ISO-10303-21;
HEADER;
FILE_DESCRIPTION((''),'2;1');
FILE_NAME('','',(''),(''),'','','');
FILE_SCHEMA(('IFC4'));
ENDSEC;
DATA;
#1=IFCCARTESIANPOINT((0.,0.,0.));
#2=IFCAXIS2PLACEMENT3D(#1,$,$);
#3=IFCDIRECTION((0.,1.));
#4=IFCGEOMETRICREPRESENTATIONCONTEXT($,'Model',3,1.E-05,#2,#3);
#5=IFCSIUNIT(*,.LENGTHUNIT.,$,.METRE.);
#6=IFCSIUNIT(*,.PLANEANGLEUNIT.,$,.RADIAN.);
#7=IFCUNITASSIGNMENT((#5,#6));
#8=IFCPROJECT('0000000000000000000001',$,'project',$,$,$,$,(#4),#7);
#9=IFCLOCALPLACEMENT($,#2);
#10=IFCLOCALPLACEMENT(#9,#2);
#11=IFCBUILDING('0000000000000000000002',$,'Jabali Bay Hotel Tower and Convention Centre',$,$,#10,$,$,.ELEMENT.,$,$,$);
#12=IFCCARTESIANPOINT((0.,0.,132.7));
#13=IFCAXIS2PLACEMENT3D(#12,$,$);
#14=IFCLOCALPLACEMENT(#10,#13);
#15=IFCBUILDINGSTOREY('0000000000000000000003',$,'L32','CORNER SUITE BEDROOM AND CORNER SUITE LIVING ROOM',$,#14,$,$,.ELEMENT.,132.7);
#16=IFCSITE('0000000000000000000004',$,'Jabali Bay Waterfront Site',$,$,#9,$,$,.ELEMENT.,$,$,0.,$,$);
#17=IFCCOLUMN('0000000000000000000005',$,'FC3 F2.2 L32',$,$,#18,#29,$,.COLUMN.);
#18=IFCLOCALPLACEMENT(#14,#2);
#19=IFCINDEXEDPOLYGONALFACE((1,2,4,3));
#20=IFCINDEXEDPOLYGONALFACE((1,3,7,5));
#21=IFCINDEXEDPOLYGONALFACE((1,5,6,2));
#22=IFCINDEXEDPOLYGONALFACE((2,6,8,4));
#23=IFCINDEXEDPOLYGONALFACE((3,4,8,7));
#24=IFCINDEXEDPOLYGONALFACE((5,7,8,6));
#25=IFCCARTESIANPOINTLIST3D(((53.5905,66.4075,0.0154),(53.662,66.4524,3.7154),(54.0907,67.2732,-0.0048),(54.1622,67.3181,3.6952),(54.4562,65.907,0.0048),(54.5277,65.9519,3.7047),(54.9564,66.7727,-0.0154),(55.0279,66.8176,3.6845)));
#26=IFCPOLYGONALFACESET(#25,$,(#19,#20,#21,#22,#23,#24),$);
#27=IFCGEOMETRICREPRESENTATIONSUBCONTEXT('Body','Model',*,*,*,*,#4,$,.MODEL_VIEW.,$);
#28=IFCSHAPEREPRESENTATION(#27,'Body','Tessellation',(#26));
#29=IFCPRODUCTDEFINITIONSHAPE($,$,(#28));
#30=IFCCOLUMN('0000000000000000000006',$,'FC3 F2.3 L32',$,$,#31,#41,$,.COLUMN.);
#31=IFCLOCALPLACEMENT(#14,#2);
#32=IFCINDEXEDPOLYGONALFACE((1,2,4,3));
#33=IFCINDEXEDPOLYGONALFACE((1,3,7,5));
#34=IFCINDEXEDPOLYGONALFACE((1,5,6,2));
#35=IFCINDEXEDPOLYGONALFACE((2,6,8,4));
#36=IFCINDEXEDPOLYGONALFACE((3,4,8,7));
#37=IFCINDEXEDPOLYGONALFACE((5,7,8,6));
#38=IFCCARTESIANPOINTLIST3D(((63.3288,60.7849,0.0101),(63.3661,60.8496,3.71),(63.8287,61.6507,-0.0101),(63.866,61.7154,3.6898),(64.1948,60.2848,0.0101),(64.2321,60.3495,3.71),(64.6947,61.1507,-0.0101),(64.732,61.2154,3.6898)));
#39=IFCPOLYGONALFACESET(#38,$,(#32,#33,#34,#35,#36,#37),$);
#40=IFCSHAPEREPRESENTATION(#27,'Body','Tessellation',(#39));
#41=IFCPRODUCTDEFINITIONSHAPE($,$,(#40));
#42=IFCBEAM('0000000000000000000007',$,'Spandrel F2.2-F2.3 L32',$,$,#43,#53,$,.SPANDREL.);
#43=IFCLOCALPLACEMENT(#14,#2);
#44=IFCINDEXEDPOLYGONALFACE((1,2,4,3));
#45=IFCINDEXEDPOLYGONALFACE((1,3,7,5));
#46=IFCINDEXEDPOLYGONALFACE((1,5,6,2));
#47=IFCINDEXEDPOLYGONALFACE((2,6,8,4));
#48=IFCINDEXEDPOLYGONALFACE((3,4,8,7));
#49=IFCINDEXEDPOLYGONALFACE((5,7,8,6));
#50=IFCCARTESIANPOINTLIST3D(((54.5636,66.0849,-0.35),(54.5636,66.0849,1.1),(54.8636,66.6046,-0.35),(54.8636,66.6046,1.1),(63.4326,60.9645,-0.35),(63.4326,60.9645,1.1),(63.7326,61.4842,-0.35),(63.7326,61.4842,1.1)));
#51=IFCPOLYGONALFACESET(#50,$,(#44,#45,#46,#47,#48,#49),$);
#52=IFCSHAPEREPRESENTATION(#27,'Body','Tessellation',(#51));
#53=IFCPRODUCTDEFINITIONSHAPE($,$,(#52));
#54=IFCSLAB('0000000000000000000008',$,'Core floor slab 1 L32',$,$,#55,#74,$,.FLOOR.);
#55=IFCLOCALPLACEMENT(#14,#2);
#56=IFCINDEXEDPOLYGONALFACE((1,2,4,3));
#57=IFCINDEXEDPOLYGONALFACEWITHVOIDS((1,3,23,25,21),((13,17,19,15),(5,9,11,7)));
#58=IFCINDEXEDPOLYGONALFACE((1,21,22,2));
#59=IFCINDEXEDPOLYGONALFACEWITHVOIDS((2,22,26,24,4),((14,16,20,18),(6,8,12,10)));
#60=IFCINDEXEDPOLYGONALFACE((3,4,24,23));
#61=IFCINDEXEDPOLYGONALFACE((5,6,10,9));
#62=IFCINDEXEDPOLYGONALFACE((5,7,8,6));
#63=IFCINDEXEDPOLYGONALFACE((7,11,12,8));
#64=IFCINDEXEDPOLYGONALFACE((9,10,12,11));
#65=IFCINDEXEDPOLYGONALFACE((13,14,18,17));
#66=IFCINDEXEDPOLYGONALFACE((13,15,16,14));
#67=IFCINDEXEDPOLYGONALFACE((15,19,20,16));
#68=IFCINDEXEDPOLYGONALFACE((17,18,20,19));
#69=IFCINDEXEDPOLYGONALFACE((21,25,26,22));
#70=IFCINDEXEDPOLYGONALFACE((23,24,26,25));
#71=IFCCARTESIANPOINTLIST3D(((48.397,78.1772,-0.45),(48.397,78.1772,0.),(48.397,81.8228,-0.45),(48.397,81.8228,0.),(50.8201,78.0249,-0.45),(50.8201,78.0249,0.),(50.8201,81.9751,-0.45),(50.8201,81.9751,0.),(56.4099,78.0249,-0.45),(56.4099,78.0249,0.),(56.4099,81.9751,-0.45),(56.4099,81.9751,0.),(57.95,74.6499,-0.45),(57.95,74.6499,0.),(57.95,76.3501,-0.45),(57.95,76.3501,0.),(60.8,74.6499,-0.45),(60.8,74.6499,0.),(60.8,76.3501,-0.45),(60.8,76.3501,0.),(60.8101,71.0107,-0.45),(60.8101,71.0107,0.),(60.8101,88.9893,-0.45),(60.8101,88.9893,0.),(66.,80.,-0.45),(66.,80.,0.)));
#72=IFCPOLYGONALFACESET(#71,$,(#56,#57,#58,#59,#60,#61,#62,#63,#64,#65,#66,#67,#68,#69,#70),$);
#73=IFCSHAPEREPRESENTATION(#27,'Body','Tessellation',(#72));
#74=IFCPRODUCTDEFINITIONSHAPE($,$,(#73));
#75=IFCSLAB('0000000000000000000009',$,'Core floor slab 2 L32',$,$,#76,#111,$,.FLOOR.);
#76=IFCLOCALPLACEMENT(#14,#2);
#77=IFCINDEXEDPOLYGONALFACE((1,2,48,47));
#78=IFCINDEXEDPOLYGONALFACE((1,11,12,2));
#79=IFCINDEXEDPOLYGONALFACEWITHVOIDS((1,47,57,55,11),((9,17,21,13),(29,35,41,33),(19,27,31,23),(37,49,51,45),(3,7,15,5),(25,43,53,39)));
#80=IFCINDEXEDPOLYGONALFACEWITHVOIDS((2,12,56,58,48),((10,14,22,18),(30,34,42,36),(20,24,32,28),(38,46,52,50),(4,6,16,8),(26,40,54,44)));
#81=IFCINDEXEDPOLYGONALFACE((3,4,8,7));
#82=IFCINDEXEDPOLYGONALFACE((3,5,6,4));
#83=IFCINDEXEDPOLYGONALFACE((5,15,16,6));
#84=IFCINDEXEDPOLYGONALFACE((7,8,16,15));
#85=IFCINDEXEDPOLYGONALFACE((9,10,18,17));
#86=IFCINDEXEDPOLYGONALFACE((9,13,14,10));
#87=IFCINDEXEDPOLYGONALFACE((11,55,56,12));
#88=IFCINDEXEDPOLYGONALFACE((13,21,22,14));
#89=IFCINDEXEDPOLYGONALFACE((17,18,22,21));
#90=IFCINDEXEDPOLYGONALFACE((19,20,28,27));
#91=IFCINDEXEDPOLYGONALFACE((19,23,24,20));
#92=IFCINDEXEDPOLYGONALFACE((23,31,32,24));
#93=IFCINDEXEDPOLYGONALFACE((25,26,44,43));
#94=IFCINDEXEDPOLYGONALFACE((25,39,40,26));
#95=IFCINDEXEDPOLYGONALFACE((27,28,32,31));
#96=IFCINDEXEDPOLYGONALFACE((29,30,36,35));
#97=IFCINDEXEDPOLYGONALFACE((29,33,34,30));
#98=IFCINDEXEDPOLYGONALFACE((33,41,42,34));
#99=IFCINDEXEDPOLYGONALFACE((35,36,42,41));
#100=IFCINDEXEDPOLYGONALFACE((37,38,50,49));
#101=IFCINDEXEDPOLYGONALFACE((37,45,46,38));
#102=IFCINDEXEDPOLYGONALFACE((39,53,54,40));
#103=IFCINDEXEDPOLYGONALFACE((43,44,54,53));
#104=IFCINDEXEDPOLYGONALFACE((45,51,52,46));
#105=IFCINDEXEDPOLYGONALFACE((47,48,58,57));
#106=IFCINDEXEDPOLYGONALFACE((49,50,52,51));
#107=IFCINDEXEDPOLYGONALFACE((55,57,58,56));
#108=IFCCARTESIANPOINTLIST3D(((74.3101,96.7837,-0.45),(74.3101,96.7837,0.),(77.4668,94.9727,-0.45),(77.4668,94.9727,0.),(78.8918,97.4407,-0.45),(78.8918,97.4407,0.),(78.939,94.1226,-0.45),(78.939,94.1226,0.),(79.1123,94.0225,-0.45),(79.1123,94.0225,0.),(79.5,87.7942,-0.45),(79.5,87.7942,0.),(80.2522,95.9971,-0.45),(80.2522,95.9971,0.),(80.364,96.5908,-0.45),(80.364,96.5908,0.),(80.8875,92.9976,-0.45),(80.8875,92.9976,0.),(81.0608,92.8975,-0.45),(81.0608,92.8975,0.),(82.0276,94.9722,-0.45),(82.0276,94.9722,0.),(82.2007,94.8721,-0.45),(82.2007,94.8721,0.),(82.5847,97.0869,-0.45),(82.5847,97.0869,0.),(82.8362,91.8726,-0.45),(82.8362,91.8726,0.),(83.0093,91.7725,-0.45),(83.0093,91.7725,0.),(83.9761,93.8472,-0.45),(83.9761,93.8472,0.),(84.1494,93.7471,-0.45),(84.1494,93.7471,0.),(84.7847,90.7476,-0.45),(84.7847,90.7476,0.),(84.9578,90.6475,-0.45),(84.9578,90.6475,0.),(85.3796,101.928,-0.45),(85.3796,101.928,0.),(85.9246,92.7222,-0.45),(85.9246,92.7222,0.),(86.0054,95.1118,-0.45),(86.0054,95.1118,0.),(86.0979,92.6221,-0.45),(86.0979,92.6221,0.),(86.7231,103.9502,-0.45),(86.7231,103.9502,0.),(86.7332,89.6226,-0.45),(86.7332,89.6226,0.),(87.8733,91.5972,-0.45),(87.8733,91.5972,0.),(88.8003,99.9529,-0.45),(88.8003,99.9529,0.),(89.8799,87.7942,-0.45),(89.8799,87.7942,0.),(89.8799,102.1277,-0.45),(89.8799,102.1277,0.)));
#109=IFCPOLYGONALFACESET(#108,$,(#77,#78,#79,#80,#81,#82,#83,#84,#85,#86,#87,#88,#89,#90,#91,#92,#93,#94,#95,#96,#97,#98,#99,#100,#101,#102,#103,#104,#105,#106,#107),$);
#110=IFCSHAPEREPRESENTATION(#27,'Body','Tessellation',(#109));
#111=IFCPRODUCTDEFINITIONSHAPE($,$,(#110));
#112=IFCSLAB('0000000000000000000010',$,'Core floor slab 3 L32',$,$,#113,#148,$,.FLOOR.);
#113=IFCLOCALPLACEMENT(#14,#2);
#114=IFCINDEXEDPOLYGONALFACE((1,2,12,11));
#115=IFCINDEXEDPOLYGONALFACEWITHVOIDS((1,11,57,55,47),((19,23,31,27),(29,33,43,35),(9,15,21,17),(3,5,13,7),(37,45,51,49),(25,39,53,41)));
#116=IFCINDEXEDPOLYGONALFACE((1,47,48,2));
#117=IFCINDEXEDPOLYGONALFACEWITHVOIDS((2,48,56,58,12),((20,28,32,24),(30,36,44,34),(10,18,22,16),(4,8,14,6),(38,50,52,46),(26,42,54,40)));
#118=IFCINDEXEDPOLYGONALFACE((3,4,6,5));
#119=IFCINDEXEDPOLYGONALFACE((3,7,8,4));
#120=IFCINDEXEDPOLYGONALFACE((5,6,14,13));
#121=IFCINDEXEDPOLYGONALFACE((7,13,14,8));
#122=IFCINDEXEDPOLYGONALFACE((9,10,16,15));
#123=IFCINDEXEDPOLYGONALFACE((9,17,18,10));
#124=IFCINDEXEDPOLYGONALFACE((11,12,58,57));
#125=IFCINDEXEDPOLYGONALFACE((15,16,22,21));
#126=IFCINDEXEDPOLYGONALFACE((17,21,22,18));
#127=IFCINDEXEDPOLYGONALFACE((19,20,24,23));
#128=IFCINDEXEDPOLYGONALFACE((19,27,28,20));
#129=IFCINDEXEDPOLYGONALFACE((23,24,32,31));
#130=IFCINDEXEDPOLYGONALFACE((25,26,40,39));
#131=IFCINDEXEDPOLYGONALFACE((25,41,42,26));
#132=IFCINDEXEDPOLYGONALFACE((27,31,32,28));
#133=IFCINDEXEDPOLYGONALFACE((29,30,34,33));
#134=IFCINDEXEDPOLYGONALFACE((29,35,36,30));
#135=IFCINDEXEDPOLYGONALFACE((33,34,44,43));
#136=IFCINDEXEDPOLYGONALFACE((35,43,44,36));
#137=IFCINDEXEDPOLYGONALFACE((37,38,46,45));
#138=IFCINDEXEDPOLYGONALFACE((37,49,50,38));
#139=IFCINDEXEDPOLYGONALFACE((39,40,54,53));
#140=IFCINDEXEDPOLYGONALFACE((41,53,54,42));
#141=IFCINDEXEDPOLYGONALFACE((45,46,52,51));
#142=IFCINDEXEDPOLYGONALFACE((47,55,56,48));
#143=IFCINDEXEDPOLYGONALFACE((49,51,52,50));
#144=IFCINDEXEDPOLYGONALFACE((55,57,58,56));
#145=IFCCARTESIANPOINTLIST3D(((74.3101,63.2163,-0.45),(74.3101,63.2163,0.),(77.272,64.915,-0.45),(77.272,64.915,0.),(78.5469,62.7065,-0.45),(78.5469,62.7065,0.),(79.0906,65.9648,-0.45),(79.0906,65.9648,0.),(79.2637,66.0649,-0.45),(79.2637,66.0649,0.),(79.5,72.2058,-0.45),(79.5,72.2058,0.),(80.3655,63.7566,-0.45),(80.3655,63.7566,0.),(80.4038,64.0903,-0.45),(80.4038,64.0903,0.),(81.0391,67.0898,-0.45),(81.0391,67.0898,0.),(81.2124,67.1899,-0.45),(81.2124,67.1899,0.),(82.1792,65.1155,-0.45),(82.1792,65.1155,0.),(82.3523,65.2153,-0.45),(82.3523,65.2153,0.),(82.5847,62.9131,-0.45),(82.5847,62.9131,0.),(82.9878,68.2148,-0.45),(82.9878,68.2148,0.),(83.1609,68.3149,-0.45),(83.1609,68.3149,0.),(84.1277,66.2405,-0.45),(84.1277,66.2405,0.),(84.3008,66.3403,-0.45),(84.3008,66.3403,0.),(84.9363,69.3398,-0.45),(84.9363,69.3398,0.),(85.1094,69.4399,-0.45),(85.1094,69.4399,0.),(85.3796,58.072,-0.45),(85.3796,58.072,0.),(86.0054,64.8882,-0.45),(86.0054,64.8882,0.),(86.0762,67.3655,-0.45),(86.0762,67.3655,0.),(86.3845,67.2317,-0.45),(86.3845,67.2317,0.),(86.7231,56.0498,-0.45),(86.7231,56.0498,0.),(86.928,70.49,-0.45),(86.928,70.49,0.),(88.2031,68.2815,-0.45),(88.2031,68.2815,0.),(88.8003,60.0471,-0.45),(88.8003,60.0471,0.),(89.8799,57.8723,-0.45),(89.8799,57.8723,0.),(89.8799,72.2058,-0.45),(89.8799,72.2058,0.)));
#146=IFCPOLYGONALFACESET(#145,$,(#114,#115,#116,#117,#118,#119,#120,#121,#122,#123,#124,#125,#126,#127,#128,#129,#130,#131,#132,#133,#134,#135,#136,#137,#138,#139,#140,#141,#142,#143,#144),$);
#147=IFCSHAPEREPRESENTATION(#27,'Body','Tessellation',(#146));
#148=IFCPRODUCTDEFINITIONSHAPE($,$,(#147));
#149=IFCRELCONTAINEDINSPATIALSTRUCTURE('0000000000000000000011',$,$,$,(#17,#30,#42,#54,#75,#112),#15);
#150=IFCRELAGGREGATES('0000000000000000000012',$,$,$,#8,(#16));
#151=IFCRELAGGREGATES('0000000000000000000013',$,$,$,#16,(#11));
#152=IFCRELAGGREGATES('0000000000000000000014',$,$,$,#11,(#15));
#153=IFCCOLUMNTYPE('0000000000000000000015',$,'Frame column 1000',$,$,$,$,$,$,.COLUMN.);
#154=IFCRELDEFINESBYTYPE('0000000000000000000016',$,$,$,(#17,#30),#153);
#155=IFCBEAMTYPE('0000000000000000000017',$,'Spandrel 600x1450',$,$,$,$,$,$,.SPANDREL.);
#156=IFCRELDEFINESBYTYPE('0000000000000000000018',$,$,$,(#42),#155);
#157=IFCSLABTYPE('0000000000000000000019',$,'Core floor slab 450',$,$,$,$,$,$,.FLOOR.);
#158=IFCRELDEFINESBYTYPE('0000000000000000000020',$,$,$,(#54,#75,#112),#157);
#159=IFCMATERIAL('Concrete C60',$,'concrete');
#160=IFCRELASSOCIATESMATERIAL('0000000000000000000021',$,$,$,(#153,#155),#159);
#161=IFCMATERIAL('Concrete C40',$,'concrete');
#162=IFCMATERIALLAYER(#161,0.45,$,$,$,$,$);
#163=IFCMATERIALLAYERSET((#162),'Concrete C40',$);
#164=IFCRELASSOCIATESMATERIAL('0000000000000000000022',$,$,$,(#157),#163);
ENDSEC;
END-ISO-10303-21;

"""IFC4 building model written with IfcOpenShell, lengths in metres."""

from ifc_helpers import new_model, si_unit, direction, frame, origin, origin_2d, place, context, subcontext, project, spatial, polyline, rectangle, outline, extrude, material, layer, layer_set, material_profile, profile_set, type_object, element, save


model = new_model("IFC4")

# Units and contexts
model_context = context("Model", 3, precision=1e-05, world=origin(), true_north=direction((0.0, 1.0)))
body_context = subcontext(model_context, "Body", "Model", "MODEL_VIEW")
ifc_project = project(units=[si_unit("LENGTHUNIT", "METRE"), si_unit("PLANEANGLEUNIT", "RADIAN")], contexts=[model_context])

# Site, building, storey
site_placement = place(None, origin())
site = spatial("IfcSite", under=ifc_project, at=site_placement, Name="Jabali Bay Waterfront Site", CompositionType="ELEMENT", RefElevation=0.0)
building_placement = place(site_placement, origin())
building = spatial("IfcBuilding", under=site, at=building_placement, Name="Jabali Bay Hotel Tower and Convention Centre", CompositionType="ELEMENT")
storey_placement = place(building_placement, frame((0.0, 0.0, 132.7)))
storey = spatial("IfcBuildingStorey", under=building, at=storey_placement, Name="L32", Description="CORNER SUITE BEDROOM AND CORNER SUITE LIVING ROOM", CompositionType="ELEMENT", Elevation=132.7)

# Columns
ifc_material_1 = material(Name="Concrete C60", Category="concrete")
ifc_material_profile_1 = material_profile(ifc_material_1, rectangle(XDim=1.0, YDim=1.0, at=origin_2d()), Name="Frame column 1000")
ifc_profile_set_1 = profile_set([ifc_material_profile_1], Name="Concrete C60")
column_type = type_object("IfcColumnType", Name="Frame column 1000", PredefinedType="COLUMN", material=ifc_profile_set_1)
column_1_placement = place(storey_placement, frame((54.2734, 66.5901, 0.0), z_axis=(0.019329, 0.012138, 0.99974), x_axis=(-0.865691, 0.500465, 0.010661)))
element("IfcColumn", 1, at=column_1_placement, inside=storey, type_object=column_type, Name="FC3 F2.2 L32", PredefinedType="COLUMN", context=body_context, shape_type="SweptSolid", body=[
    extrude(rectangle(XDim=1.0, YDim=1.0, at=origin_2d()), origin(), (0.0, 0.0, 1.0), 3.7009),
])
column_2_placement = place(storey_placement, frame((64.0117, 60.9678, 0.0), z_axis=(0.010094, 0.017482, 0.999796), x_axis=(-0.499907, -0.865844, 0.020187)))
element("IfcColumn", 2, at=column_2_placement, inside=storey, type_object=column_type, Name="FC3 F2.3 L32", PredefinedType="COLUMN", context=body_context, shape_type="SweptSolid", body=[
    extrude(rectangle(XDim=1.0, YDim=1.0, at=origin_2d()), origin(), (0.0, 0.0, 1.0), 3.7007),
])

# Beam
ifc_material_profile_2 = material_profile(ifc_material_1, rectangle(XDim=0.6001, YDim=1.45, at=origin_2d()), Name="Spandrel 600x1450")
ifc_profile_set_2 = profile_set([ifc_material_profile_2], Name="Concrete C60")
beam_type = type_object("IfcBeamType", Name="Spandrel 600x1450", PredefinedType="SPANDREL", material=ifc_profile_set_2)
beam_placement = place(storey_placement, frame((54.7136, 66.3447, 0.375), z_axis=(0.86603, -0.499993, 0.0), x_axis=(0.499993, 0.86603, 0.0)))
element("IfcBeam", 3, at=beam_placement, inside=storey, type_object=beam_type, Name="Spandrel F2.2-F2.3 L32", PredefinedType="SPANDREL", context=body_context, shape_type="SweptSolid", body=[
    extrude(rectangle(XDim=0.6001, YDim=1.45, at=origin_2d()), origin(), (0.0, 0.0, 1.0), 10.241),
])

# Slabs
ifc_material_2 = material(Name="Concrete C40", Category="concrete")
ifc_layer_1 = layer(ifc_material_2, 0.45)
ifc_layer_set_1 = layer_set([ifc_layer_1], Name="Concrete C40")
slab_type_1 = type_object("IfcSlabType", Name="Core floor slab 450", PredefinedType="FLOOR", material=ifc_layer_set_1)
slab_1_placement = place(storey_placement, frame((0.0, 0.0, -0.45)))
element("IfcSlab", 4, at=slab_1_placement, inside=storey, type_object=slab_type_1, Name="Core floor slab 1 L32", PredefinedType="FLOOR", context=body_context, shape_type="SweptSolid", body=[
    extrude(outline(polyline([(66.0, 80.0), (60.8101, 88.9893), (48.397, 81.8228), (48.397, 78.1772), (60.8101, 71.0107), (66.0, 80.0)]), holes=[polyline([(60.8, 76.3501), (57.95, 76.3501), (57.95, 74.6499), (60.8, 74.6499), (60.8, 76.3501)]), polyline([(50.8201, 81.9751), (50.8201, 78.0249), (56.4099, 78.0249), (56.4099, 81.9751), (50.8201, 81.9751)])]), origin(), (0.0, 0.0, 1.0), 0.45),
])
slab_2_placement = place(storey_placement, frame((0.0, 0.0, -0.45)))
element("IfcSlab", 5, at=slab_2_placement, inside=storey, type_object=slab_type_1, Name="Core floor slab 2 L32", PredefinedType="FLOOR", context=body_context, shape_type="SweptSolid", body=[
    extrude(outline(polyline([(79.5, 87.7942), (89.8799, 87.7942), (89.8799, 102.1277), (86.7231, 103.9502), (74.3101, 96.7837), (79.5, 87.7942)]), holes=[polyline([(84.9578, 90.6475), (86.7332, 89.6226), (87.8733, 91.5972), (86.0979, 92.6221), (84.9578, 90.6475)]), polyline([(84.1494, 93.7471), (83.0093, 91.7725), (84.7847, 90.7476), (85.9246, 92.7222), (84.1494, 93.7471)]), polyline([(82.2007, 94.8721), (81.0608, 92.8975), (82.8362, 91.8726), (83.9761, 93.8472), (82.2007, 94.8721)]), polyline([(79.1123, 94.0225), (80.8875, 92.9976), (82.0276, 94.9722), (80.2522, 95.9971), (79.1123, 94.0225)]), polyline([(78.8918, 97.4407), (77.4668, 94.9727), (78.939, 94.1226), (80.364, 96.5908), (78.8918, 97.4407)]), polyline([(82.5847, 97.0869), (86.0054, 95.1118), (88.8003, 99.9529), (85.3796, 101.928), (82.5847, 97.0869)])]), origin(), (0.0, 0.0, 1.0), 0.45),
])
slab_3_placement = place(storey_placement, frame((0.0, 0.0, -0.45)))
element("IfcSlab", 6, at=slab_3_placement, inside=storey, type_object=slab_type_1, Name="Core floor slab 3 L32", PredefinedType="FLOOR", context=body_context, shape_type="SweptSolid", body=[
    extrude(outline(polyline([(79.5, 72.2058), (74.3101, 63.2163), (86.7231, 56.0498), (89.8799, 57.8723), (89.8799, 72.2058), (79.5, 72.2058)]), holes=[polyline([(82.5847, 62.9131), (85.3796, 58.072), (88.8003, 60.0471), (86.0054, 64.8882), (82.5847, 62.9131)]), polyline([(80.3655, 63.7566), (79.0906, 65.9648), (77.272, 64.915), (78.5469, 62.7065), (80.3655, 63.7566)]), polyline([(82.1792, 65.1155), (81.0391, 67.0898), (79.2637, 66.0649), (80.4038, 64.0903), (82.1792, 65.1155)]), polyline([(82.9878, 68.2148), (81.2124, 67.1899), (82.3523, 65.2153), (84.1277, 66.2405), (82.9878, 68.2148)]), polyline([(86.0762, 67.3655), (84.9363, 69.3398), (83.1609, 68.3149), (84.3008, 66.3403), (86.0762, 67.3655)]), polyline([(88.2031, 68.2815), (86.928, 70.49), (85.1094, 69.4399), (86.3845, 67.2317), (88.2031, 68.2815)])]), origin(), (0.0, 0.0, 1.0), 0.45),
])

save(model, "model.ifc")
